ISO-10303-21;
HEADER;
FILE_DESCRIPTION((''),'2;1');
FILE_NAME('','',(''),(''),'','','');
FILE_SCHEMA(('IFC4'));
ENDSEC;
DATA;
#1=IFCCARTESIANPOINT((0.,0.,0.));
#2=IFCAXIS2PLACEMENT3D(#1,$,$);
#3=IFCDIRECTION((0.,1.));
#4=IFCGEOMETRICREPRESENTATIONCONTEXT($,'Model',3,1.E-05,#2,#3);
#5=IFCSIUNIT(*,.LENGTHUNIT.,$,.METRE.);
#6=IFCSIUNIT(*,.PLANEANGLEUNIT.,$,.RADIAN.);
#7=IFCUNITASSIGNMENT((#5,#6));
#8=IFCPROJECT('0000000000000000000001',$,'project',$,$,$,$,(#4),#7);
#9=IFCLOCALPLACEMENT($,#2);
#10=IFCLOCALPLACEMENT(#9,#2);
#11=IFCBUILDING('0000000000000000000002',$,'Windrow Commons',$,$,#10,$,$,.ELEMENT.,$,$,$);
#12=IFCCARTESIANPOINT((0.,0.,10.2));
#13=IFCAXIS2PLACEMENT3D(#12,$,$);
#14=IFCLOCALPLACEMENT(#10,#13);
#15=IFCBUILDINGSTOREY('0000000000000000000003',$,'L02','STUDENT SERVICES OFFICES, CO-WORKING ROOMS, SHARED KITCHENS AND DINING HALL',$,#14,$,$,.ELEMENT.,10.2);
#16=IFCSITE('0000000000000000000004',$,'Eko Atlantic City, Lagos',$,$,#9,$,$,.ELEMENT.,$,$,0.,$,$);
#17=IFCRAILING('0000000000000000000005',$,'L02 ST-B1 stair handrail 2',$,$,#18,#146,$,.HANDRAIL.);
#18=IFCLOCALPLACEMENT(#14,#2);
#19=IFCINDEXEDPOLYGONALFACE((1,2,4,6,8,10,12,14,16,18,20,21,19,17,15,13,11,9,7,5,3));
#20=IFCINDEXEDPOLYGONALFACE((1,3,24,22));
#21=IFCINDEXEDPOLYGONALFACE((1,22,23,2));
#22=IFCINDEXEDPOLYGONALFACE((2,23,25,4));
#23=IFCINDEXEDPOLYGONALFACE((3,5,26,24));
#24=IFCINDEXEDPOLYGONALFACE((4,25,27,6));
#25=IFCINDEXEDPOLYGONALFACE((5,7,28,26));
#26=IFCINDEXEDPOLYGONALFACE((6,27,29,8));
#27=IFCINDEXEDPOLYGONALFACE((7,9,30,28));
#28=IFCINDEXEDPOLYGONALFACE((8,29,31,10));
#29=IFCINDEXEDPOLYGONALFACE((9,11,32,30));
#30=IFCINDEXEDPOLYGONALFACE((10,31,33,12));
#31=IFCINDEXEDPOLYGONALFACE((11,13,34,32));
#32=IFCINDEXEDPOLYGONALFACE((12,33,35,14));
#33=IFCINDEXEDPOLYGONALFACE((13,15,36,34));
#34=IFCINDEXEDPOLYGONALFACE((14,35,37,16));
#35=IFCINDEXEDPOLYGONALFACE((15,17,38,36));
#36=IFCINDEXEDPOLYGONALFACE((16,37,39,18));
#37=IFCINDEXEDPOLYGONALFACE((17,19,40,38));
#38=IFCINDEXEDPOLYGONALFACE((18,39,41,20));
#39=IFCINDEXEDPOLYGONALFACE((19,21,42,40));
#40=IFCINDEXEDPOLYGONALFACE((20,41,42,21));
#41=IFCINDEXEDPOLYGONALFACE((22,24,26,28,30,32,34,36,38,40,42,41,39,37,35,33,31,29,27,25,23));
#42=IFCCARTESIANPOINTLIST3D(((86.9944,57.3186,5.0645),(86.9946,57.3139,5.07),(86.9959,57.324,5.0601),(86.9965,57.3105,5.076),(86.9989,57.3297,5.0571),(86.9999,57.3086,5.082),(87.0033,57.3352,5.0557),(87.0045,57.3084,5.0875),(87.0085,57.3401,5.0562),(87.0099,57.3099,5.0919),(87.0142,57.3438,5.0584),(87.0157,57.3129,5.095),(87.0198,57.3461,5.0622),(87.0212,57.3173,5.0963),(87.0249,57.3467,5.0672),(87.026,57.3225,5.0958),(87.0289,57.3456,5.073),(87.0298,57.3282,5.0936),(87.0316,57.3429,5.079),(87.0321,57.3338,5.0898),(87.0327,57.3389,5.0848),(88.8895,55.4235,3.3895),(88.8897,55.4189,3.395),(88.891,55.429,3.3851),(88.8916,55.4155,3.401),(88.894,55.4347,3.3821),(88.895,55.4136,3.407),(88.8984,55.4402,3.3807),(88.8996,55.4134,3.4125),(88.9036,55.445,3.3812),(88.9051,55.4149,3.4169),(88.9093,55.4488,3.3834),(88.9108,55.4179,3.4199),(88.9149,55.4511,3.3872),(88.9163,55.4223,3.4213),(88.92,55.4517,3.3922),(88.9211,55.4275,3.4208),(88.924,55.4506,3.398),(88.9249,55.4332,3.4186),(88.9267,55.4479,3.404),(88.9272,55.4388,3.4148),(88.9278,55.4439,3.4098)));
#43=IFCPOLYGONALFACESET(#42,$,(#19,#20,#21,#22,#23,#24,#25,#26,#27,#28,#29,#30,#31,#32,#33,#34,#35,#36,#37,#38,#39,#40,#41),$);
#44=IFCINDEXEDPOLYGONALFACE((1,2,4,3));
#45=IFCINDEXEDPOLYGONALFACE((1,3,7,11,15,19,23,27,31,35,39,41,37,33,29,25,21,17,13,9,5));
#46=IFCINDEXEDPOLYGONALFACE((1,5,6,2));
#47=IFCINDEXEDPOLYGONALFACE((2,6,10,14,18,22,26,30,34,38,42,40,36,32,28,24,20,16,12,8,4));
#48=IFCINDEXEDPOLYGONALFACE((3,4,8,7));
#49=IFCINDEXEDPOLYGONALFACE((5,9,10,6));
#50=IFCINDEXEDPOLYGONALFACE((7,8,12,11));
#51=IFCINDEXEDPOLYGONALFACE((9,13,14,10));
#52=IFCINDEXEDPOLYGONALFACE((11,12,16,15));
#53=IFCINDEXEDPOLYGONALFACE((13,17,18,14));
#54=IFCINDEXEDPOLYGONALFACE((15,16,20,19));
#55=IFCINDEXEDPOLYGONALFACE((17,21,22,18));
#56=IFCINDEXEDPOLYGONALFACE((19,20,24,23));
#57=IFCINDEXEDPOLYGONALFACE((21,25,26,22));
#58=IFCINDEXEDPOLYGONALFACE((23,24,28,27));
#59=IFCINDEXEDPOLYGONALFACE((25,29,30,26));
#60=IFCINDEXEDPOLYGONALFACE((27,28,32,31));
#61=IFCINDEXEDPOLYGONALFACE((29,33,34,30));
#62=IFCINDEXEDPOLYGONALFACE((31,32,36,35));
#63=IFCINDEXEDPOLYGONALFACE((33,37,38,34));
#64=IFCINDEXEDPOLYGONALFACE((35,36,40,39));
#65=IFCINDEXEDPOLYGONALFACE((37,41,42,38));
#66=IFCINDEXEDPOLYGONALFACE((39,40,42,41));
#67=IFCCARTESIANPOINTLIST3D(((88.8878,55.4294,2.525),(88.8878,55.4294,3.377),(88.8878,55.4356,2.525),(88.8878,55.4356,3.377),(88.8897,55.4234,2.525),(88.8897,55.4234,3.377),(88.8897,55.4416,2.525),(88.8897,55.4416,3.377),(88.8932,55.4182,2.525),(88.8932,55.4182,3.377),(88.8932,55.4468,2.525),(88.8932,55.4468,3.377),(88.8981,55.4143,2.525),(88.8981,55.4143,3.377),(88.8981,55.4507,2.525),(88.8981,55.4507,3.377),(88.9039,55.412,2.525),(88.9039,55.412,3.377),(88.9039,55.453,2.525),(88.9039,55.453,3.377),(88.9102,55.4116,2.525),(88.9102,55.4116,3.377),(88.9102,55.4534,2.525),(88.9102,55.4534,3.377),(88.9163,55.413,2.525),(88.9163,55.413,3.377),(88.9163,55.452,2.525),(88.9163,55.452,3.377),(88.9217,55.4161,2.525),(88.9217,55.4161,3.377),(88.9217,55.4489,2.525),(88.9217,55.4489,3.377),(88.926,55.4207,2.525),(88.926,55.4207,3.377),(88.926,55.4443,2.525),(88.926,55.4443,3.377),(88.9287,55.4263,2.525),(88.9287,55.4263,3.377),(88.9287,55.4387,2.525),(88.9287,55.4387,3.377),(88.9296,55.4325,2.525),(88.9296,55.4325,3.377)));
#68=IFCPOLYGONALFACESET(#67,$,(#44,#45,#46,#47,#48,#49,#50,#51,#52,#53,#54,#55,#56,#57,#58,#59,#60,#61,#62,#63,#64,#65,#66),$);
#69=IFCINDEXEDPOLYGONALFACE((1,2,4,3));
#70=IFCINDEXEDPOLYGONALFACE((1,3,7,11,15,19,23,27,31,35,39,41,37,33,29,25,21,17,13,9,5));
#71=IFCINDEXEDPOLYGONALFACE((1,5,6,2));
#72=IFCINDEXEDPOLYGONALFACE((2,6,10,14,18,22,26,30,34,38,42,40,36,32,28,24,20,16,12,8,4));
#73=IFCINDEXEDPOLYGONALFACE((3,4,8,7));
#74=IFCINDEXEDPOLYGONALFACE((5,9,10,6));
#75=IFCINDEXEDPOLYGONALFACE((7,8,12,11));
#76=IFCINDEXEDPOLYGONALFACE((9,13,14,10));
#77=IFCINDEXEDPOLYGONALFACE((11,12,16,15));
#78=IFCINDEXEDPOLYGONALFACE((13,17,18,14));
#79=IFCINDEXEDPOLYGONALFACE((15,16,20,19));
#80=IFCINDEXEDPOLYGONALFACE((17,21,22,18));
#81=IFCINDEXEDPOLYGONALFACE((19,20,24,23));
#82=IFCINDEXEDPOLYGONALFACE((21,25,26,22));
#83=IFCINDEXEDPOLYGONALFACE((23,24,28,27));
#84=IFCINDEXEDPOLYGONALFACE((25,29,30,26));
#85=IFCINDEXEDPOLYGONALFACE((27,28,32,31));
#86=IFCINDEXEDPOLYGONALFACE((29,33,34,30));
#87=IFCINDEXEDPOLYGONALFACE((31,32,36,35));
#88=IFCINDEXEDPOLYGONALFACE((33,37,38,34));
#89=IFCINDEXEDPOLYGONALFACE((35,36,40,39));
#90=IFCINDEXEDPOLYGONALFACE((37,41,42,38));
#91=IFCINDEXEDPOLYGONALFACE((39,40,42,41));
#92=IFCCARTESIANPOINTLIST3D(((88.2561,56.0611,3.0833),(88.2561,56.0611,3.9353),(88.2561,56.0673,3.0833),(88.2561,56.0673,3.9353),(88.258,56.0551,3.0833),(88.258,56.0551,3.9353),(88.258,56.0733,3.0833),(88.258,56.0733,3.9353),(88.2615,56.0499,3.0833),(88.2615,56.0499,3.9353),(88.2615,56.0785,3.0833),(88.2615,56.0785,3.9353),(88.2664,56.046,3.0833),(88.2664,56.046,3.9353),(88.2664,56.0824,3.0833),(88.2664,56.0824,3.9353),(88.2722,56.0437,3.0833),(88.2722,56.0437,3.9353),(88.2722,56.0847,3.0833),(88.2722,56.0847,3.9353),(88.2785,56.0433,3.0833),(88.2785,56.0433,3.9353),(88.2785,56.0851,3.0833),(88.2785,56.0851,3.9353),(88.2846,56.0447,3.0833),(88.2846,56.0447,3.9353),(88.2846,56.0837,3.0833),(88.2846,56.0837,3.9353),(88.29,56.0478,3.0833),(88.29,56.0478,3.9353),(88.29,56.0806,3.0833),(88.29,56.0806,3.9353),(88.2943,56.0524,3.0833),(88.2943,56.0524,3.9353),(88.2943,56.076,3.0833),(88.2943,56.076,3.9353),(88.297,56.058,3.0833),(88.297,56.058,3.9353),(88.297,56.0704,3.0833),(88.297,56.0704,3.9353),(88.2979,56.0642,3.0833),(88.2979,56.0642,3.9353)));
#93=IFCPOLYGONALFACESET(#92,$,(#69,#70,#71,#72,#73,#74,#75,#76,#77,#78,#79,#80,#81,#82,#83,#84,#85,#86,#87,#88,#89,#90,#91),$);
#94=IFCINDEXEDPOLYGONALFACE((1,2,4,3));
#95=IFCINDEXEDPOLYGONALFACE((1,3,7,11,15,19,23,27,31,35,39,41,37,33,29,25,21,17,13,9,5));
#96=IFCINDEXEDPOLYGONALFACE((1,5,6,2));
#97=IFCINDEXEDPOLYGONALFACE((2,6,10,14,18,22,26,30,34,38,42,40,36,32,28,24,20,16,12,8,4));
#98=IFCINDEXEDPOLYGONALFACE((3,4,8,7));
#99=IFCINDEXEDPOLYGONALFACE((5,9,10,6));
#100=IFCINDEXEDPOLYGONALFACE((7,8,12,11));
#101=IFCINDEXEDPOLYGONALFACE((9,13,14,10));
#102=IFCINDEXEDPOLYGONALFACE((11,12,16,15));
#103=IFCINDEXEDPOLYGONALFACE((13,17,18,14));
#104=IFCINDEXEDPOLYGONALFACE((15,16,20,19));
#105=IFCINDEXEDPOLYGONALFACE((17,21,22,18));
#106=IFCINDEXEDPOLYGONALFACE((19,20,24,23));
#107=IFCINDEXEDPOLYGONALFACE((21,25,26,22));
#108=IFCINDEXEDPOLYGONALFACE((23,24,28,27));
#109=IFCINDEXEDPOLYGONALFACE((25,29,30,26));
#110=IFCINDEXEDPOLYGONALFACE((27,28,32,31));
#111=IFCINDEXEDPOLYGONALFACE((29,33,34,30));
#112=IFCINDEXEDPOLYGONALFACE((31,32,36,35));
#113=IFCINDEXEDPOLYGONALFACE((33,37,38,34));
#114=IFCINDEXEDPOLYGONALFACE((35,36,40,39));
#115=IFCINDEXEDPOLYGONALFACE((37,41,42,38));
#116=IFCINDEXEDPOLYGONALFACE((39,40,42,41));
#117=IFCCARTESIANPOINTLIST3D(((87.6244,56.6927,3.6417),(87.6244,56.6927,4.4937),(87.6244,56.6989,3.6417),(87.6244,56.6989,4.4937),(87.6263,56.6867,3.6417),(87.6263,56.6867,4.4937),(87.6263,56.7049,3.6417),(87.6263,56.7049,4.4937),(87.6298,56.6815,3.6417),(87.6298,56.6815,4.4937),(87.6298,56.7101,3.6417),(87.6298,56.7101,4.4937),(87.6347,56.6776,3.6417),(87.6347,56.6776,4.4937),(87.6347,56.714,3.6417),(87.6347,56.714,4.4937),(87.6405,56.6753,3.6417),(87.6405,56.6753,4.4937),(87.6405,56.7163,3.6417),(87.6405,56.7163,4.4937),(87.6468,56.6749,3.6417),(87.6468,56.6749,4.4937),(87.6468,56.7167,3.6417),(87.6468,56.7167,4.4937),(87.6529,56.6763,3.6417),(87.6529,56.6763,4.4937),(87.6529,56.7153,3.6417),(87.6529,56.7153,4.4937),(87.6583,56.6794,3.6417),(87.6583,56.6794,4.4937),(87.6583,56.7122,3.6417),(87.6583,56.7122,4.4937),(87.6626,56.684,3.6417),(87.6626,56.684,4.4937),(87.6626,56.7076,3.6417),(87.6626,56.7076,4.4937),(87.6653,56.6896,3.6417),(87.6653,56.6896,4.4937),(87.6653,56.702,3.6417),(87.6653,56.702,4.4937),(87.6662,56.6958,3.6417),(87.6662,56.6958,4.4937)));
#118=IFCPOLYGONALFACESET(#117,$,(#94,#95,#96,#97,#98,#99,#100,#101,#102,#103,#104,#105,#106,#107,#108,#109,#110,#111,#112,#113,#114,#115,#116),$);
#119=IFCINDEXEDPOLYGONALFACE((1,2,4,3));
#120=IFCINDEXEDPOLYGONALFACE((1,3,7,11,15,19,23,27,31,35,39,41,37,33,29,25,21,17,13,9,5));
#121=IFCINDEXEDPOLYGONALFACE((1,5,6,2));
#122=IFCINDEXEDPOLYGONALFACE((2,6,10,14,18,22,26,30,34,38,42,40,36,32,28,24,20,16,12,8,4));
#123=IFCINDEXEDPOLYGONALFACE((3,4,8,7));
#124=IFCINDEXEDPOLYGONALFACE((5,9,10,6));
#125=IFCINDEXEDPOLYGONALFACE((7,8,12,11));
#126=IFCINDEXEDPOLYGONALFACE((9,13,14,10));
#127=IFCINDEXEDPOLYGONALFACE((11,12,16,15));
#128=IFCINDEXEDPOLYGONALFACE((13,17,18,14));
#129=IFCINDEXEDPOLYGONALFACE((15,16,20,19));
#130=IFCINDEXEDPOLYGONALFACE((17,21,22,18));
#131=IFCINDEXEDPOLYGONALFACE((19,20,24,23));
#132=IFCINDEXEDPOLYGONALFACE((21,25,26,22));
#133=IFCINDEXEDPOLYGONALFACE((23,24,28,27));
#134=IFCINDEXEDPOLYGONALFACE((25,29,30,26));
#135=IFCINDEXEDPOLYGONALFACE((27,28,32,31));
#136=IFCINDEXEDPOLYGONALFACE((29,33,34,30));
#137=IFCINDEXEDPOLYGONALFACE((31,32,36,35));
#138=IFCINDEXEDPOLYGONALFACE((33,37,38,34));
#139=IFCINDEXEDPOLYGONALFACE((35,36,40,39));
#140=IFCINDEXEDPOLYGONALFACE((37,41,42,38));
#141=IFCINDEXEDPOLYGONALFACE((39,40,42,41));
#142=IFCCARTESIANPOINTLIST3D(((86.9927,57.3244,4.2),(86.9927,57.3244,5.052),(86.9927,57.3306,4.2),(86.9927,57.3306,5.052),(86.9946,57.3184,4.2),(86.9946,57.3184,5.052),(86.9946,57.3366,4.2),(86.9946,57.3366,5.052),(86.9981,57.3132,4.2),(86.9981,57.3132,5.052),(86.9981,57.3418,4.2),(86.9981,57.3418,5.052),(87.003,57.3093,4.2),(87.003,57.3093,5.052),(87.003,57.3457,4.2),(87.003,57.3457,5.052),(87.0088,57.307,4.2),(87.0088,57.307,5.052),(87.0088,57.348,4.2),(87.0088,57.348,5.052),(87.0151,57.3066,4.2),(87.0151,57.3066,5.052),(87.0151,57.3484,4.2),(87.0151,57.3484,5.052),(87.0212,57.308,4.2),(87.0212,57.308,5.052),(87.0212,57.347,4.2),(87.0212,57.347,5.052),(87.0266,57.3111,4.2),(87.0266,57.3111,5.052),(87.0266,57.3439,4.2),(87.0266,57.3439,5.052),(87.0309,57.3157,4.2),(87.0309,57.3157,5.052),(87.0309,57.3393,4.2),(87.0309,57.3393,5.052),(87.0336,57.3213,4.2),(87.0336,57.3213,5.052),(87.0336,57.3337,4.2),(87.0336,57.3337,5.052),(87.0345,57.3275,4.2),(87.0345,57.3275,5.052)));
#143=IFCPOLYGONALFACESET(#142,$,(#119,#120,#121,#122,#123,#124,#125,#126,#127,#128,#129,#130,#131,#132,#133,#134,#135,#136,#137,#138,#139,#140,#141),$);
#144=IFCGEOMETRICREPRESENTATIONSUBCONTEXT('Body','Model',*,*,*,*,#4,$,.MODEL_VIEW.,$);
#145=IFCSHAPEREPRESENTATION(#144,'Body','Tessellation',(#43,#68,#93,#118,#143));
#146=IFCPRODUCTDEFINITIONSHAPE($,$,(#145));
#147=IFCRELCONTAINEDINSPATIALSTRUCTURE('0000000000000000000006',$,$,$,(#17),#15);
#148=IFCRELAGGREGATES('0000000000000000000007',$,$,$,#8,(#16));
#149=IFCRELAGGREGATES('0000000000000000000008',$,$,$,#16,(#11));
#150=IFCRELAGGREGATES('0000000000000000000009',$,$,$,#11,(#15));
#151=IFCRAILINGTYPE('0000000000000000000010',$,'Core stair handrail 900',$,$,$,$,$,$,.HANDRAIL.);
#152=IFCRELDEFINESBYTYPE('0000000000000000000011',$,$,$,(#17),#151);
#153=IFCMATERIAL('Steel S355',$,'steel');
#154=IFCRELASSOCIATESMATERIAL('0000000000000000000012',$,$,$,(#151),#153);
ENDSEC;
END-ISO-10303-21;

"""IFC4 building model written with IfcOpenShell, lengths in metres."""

from ifc_helpers import new_model, si_unit, direction, frame, origin, origin_2d, place, context, subcontext, project, spatial, circle, extrude, material, type_object, element, save


model = new_model("IFC4")

# Units and contexts
model_context = context("Model", 3, precision=1e-05, world=origin(), true_north=direction((0.0, 1.0)))
body_context = subcontext(model_context, "Body", "Model", "MODEL_VIEW")
ifc_project = project(units=[si_unit("LENGTHUNIT", "METRE"), si_unit("PLANEANGLEUNIT", "RADIAN")], contexts=[model_context])

# Site, building, storey
site_placement = place(None, origin())
site = spatial("IfcSite", under=ifc_project, at=site_placement, Name="Eko Atlantic City, Lagos", CompositionType="ELEMENT", RefElevation=0.0)
building_placement = place(site_placement, origin())
building = spatial("IfcBuilding", under=site, at=building_placement, Name="Windrow Commons", CompositionType="ELEMENT")
storey_placement = place(building_placement, frame((0.0, 0.0, 10.2)))
storey = spatial("IfcBuildingStorey", under=building, at=storey_placement, Name="L02", Description="STUDENT SERVICES OFFICES, CO-WORKING ROOMS, SHARED KITCHENS AND DINING HALL", CompositionType="ELEMENT", Elevation=10.2)

# Railing
ifc_material_1 = material(Name="Steel S355", Category="steel")
railing_type_1 = type_object("IfcRailingType", Name="Core stair handrail 900", PredefinedType="HANDRAIL", material=ifc_material_1)
railing_1_placement = place(storey_placement, frame((88.9086, 55.4325, 2.525)))
element("IfcRailing", 1, at=railing_1_placement, inside=storey, type_object=railing_type_1, Name="L02 ST-B1 stair handrail 2", PredefinedType="HANDRAIL", context=body_context, shape_type="SweptSolid", body=[
    extrude(circle(Radius=0.024, at=origin_2d()), frame((0.0, 0.0, 0.876), z_axis=(-0.599642, 0.59961, 0.529998), x_axis=(-0.707088, -0.707125, 0.0)), (0.0, 0.0, 1.0), 3.1604),
    extrude(circle(Radius=0.021, at=origin_2d()), origin(), (0.0, 0.0, 1.0), 0.852),
    extrude(circle(Radius=0.021, at=origin_2d()), frame((-0.6317, 0.6317, 0.5583)), (0.0, 0.0, 1.0), 0.852),
    extrude(circle(Radius=0.021, at=origin_2d()), frame((-1.2634, 1.2633, 1.1167)), (0.0, 0.0, 1.0), 0.852),
    extrude(circle(Radius=0.021, at=origin_2d()), frame((-1.8951, 1.895, 1.675)), (0.0, 0.0, 1.0), 0.852),
])

save(model, "model.ifc")
